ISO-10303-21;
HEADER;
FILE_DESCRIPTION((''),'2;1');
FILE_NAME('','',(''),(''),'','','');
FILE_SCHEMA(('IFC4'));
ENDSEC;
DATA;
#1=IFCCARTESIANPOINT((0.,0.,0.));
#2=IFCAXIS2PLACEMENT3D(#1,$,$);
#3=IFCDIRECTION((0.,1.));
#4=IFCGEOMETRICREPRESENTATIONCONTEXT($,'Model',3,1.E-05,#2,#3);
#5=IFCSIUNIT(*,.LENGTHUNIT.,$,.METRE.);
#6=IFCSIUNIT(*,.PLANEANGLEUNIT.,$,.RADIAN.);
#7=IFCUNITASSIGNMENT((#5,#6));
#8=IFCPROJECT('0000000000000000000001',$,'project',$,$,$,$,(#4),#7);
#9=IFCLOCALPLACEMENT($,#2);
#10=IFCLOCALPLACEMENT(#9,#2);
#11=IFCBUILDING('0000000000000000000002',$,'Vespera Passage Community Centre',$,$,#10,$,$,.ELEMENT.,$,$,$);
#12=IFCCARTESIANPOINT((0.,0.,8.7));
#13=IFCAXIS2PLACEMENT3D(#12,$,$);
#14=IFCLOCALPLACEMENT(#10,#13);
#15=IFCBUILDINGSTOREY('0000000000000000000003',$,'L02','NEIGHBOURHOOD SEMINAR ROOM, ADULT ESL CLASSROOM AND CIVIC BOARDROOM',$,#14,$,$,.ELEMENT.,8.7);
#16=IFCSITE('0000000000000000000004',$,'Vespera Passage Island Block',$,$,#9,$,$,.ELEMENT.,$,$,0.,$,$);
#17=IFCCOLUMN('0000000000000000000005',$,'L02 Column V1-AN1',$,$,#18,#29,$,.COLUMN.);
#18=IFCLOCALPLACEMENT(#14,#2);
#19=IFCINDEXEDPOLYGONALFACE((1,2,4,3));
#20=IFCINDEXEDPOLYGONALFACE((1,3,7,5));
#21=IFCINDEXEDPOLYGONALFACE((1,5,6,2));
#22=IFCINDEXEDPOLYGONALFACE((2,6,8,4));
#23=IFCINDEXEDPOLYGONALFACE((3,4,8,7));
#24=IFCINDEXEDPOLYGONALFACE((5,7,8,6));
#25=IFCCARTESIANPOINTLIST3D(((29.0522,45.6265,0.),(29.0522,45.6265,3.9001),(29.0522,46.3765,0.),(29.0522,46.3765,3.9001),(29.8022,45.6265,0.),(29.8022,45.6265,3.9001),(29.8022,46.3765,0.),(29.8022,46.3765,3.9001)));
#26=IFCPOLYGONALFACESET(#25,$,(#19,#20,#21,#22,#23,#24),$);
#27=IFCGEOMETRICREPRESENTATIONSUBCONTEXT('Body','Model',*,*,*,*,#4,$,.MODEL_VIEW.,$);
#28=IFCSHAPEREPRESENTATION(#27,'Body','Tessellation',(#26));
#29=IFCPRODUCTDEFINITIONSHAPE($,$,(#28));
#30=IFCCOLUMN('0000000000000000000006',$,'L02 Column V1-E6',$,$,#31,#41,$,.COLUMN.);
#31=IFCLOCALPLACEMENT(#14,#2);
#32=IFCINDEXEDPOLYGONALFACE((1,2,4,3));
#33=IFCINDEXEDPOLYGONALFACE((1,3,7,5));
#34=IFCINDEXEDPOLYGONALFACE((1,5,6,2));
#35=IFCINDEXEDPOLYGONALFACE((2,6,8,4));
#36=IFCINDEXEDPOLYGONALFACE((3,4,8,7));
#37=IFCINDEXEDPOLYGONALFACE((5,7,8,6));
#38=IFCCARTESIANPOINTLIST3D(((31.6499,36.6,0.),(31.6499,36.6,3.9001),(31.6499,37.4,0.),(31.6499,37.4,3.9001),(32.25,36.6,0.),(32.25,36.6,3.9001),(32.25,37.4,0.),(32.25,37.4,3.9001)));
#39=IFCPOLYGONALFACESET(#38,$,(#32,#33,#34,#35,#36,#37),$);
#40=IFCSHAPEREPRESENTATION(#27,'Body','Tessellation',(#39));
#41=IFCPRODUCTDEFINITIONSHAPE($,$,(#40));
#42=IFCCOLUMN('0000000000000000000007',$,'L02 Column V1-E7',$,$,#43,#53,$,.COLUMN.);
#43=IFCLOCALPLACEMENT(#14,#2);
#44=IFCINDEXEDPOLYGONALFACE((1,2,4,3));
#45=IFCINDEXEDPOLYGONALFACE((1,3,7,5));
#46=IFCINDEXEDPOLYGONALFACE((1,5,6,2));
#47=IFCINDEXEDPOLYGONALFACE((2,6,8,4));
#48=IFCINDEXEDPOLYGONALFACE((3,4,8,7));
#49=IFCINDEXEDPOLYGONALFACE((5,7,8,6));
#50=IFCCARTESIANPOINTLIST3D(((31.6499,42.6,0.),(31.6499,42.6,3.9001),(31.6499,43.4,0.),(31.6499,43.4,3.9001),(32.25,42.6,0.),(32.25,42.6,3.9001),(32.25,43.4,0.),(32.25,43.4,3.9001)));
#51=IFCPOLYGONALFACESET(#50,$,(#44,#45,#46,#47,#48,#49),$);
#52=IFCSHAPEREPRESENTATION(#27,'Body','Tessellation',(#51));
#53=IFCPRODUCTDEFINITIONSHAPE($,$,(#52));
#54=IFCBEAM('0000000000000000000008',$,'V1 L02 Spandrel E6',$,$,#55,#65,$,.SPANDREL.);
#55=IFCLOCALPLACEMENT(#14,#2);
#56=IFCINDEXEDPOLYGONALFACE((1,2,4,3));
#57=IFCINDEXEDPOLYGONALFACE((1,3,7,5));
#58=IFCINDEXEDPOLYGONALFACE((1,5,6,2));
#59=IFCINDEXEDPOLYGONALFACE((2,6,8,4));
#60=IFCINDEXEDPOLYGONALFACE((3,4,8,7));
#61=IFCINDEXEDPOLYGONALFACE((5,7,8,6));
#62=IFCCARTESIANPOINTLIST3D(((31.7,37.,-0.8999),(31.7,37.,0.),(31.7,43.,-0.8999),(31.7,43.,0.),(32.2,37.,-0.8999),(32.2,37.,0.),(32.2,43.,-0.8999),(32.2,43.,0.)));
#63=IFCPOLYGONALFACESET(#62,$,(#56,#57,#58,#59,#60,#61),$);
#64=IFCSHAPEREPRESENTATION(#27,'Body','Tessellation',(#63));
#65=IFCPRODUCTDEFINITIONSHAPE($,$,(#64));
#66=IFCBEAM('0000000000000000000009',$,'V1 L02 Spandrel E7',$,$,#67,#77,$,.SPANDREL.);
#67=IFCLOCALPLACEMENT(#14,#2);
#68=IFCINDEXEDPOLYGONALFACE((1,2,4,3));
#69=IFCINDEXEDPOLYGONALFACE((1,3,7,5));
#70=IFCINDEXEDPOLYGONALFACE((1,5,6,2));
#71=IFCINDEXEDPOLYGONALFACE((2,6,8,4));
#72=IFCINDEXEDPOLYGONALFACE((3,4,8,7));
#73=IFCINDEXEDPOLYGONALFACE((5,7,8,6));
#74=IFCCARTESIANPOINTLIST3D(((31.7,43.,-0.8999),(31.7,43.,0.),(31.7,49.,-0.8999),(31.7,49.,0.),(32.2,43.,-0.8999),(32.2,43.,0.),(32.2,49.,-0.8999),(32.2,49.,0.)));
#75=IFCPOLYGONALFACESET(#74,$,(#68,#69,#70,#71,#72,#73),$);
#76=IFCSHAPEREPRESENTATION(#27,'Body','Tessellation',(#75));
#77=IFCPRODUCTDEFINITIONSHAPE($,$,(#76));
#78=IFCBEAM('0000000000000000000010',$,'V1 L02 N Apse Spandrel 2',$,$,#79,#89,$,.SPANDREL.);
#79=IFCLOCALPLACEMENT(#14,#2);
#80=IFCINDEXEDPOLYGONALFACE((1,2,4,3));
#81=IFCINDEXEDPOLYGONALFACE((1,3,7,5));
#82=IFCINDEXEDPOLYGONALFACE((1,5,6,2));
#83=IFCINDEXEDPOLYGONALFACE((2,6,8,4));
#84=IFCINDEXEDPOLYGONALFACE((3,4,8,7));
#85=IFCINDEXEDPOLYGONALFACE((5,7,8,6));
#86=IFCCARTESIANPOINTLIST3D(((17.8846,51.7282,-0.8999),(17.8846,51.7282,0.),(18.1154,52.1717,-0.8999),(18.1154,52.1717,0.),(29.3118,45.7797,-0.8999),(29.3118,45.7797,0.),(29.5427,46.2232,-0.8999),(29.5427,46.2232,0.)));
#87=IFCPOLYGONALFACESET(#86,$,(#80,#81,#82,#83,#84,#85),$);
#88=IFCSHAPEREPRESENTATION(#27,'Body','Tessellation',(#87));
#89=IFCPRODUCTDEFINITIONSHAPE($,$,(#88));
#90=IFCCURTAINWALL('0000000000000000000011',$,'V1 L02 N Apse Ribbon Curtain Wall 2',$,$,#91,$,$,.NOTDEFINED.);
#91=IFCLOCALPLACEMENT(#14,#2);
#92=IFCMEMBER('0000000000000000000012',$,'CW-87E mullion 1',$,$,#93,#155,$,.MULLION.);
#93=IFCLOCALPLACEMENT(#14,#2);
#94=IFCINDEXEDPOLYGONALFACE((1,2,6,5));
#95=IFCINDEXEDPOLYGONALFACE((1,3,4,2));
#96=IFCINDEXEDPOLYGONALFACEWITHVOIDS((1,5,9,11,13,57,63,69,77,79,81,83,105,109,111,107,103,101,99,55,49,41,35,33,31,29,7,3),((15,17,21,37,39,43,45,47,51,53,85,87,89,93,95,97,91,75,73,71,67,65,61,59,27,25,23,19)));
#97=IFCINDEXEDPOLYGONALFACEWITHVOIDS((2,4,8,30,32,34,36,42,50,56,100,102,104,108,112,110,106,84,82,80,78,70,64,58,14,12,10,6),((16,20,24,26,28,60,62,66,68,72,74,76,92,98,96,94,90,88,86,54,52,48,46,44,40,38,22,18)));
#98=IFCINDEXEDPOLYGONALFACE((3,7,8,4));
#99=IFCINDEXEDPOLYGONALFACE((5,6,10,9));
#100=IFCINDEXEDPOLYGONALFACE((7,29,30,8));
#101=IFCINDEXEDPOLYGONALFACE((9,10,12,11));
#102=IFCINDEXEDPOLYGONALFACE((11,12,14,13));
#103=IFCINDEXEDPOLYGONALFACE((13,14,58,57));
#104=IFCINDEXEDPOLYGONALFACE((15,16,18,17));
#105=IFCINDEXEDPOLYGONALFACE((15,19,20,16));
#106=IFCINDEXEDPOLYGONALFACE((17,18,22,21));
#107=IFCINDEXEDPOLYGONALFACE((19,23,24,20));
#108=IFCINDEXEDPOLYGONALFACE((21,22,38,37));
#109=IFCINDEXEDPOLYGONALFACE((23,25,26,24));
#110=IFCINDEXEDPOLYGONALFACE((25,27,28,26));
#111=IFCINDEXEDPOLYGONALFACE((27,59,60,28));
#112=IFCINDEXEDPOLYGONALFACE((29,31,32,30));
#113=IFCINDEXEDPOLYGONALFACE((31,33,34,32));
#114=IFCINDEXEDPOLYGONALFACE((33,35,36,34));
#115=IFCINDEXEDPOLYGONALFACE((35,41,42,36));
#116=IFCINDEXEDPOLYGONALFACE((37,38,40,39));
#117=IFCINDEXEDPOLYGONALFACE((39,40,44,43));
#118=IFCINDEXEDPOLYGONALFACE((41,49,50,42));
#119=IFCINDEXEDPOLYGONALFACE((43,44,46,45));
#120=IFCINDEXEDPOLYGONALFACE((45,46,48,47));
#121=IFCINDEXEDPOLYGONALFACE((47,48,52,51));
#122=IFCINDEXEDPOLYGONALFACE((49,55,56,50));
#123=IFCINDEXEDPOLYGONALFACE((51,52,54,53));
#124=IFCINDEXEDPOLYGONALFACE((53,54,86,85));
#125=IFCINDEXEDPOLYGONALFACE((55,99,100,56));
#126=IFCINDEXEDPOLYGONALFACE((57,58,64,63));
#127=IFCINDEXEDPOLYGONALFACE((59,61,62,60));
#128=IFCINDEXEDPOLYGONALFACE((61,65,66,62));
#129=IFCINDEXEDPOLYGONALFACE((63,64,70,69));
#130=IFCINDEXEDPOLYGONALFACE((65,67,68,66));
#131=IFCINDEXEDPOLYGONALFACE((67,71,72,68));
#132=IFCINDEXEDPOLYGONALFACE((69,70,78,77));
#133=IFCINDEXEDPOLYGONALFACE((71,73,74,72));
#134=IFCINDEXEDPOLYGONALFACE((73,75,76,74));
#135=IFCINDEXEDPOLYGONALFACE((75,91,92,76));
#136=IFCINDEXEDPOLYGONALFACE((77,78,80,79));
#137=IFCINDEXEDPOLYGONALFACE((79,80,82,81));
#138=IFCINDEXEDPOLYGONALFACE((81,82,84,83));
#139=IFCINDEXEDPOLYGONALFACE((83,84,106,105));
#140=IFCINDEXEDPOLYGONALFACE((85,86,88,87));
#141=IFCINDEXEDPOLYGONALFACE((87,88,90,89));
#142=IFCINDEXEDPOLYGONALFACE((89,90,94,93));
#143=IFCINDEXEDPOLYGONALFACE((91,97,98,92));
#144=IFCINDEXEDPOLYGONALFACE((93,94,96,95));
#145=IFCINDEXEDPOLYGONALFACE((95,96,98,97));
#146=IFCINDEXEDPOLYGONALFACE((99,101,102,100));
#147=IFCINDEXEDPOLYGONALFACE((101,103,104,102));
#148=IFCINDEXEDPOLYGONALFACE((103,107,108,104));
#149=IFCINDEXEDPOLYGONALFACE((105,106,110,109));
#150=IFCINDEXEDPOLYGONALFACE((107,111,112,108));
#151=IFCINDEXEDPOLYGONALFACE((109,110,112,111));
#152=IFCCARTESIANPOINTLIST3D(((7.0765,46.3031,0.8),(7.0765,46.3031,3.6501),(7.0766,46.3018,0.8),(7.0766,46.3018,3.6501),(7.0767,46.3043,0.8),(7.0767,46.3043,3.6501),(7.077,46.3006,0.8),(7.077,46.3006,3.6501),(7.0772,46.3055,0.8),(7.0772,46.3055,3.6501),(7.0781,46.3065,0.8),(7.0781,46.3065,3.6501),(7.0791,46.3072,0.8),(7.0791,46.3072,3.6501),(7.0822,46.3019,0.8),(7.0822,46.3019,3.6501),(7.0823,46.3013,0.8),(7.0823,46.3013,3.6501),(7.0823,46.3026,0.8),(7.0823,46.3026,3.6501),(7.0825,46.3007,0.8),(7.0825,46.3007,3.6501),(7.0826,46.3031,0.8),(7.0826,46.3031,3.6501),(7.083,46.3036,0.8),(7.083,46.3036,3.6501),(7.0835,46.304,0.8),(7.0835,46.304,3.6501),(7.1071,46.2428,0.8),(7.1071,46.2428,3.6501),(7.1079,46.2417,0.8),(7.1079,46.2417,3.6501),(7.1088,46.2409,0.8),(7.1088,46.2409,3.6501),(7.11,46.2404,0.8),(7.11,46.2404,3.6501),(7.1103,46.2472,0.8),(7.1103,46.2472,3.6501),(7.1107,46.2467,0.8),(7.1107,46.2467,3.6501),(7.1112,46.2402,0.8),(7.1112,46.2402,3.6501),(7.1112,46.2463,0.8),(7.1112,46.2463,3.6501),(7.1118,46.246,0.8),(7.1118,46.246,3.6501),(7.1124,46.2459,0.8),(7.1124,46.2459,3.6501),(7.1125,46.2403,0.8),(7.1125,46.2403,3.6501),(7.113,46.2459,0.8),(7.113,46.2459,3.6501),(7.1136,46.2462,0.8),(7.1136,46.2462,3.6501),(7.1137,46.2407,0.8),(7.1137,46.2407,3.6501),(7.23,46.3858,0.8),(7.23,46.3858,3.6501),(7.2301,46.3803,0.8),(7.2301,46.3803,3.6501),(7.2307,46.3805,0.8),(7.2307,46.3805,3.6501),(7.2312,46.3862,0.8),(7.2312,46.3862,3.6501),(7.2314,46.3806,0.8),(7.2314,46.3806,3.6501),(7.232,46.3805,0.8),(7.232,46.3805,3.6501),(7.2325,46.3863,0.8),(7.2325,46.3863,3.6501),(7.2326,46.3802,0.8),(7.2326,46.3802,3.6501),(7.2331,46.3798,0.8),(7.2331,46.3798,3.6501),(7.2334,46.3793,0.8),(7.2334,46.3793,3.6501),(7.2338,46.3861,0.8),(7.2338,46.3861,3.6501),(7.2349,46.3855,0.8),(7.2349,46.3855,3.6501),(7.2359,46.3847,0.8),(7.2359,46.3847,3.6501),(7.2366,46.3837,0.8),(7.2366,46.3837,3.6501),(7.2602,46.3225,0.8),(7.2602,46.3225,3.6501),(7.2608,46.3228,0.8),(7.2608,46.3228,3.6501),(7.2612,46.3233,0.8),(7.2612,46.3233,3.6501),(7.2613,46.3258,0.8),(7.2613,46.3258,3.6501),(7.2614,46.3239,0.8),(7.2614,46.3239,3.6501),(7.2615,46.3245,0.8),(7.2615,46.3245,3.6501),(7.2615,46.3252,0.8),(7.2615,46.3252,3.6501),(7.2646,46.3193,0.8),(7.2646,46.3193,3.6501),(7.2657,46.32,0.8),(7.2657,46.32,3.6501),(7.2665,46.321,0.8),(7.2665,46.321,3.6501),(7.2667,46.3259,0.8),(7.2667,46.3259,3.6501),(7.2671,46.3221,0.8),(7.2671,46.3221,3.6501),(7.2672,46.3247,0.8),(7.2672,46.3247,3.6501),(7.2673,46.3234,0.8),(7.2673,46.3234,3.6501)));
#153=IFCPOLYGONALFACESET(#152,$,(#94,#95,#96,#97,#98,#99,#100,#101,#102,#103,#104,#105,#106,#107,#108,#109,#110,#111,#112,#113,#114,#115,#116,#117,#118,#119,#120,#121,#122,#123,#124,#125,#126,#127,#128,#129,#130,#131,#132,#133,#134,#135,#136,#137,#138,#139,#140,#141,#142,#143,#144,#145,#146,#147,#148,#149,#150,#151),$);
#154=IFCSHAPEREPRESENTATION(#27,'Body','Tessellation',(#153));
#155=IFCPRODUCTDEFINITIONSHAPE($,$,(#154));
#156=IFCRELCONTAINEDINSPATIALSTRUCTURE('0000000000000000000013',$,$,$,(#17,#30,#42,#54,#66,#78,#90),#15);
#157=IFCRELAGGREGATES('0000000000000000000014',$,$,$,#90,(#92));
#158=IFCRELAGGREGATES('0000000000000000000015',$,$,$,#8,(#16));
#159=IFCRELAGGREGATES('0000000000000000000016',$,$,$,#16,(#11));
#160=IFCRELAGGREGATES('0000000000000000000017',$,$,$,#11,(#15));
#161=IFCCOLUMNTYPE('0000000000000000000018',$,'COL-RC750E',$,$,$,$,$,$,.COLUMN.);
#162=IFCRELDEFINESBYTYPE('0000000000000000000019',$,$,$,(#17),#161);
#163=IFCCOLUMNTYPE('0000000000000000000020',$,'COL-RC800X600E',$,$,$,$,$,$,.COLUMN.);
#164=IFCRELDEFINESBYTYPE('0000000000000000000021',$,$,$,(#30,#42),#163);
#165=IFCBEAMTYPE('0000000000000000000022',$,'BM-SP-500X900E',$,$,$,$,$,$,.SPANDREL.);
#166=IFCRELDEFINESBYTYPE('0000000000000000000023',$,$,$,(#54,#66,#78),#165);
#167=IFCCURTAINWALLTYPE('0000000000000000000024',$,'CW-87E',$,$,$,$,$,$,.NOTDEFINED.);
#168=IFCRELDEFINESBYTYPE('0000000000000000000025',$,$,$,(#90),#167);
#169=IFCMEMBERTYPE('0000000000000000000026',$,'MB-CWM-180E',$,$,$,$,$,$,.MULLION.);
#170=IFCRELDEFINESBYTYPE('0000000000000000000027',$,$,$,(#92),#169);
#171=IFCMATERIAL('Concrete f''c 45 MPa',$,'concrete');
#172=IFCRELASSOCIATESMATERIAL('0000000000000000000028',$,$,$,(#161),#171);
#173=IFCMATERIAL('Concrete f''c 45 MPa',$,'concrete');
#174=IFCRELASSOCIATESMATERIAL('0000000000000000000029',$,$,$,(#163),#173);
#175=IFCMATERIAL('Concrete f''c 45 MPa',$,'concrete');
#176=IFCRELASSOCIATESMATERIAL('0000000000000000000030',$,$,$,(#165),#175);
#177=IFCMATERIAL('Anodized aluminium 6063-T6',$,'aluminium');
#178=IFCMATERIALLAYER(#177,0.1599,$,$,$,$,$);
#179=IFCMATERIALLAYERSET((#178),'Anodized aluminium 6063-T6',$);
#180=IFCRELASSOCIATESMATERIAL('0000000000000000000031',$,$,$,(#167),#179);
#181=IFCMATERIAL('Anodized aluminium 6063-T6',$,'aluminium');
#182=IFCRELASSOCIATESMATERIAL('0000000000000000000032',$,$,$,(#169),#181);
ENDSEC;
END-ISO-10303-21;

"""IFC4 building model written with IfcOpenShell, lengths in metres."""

from ifc_helpers import new_model, si_unit, direction, frame, origin, origin_2d, place, context, subcontext, project, spatial, rectangle, hollow_rectangle, extrude, material, layer, layer_set, material_profile, profile_set, type_object, element, aggregate, save


model = new_model("IFC4")

# Units and contexts
model_context = context("Model", 3, precision=1e-05, world=origin(), true_north=direction((0.0, 1.0)))
body_context = subcontext(model_context, "Body", "Model", "MODEL_VIEW")
ifc_project = project(units=[si_unit("LENGTHUNIT", "METRE"), si_unit("PLANEANGLEUNIT", "RADIAN")], contexts=[model_context])

# Site, building, storey
site_placement = place(None, origin())
site = spatial("IfcSite", under=ifc_project, at=site_placement, Name="Vespera Passage Island Block", CompositionType="ELEMENT", RefElevation=0.0)
building_placement = place(site_placement, origin())
building = spatial("IfcBuilding", under=site, at=building_placement, Name="Vespera Passage Community Centre", CompositionType="ELEMENT")
storey_placement = place(building_placement, frame((0.0, 0.0, 8.7)))
storey = spatial("IfcBuildingStorey", under=building, at=storey_placement, Name="L02", Description="NEIGHBOURHOOD SEMINAR ROOM, ADULT ESL CLASSROOM AND CIVIC BOARDROOM", CompositionType="ELEMENT", Elevation=8.7)

# Columns
ifc_material_1 = material(Name="Concrete f'c 45 MPa", Category="concrete")
ifc_material_profile_1 = material_profile(ifc_material_1, rectangle(XDim=0.75, YDim=0.75, at=origin_2d()), Name="RC750X750")
ifc_profile_set_1 = profile_set([ifc_material_profile_1], Name="Concrete f'c 45 MPa")
column_type_1 = type_object("IfcColumnType", Name="COL-RC750E", PredefinedType="COLUMN", material=ifc_profile_set_1)
column_placement = place(storey_placement, frame((29.4272, 46.0015, 0.0), z_axis=(0.0, 0.0, 1.0), x_axis=(1.0, 0.0, 0.0)))
element("IfcColumn", 1, at=column_placement, inside=storey, type_object=column_type_1, Name="L02 Column V1-AN1", PredefinedType="COLUMN", context=body_context, shape_type="SweptSolid", body=[
    extrude(rectangle(XDim=0.75, YDim=0.75, at=origin_2d()), origin(), (0.0, 0.0, 1.0), 3.9001),
])
ifc_material_2 = material(Name="Concrete f'c 45 MPa", Category="concrete")
ifc_material_profile_2 = material_profile(ifc_material_2, rectangle(XDim=0.6001, YDim=0.8, at=origin_2d()), Name="RC800X600")
ifc_profile_set_2 = profile_set([ifc_material_profile_2], Name="Concrete f'c 45 MPa")
column_type_2 = type_object("IfcColumnType", Name="COL-RC800X600E", PredefinedType="COLUMN", material=ifc_profile_set_2)
for number, where, z_axis, x_axis, name in (
    (2, (31.95, 37.0, 0.0), (0.0, 0.0, 1.0), (1.0, 0.0, 0.0), "L02 Column V1-E6"),
    (3, (31.95, 43.0, 0.0), (0.0, 0.0, 1.0), (1.0, 0.0, 0.0), "L02 Column V1-E7"),
):
    element("IfcColumn", number, at=place(storey_placement, frame(where, z_axis=z_axis, x_axis=x_axis)), inside=storey, type_object=column_type_2, Name=name, PredefinedType="COLUMN", context=body_context, shape_type="SweptSolid", body=[
        extrude(rectangle(XDim=0.6001, YDim=0.8, at=origin_2d()), origin(), (0.0, 0.0, 1.0), 3.9001),
    ])

# Beams
ifc_material_3 = material(Name="Concrete f'c 45 MPa", Category="concrete")
ifc_material_profile_3 = material_profile(ifc_material_3, rectangle(XDim=0.5, YDim=0.8999, at=origin_2d()), Name="RC500X900")
ifc_profile_set_3 = profile_set([ifc_material_profile_3], Name="Concrete f'c 45 MPa")
beam_type = type_object("IfcBeamType", Name="BM-SP-500X900E", PredefinedType="SPANDREL", material=ifc_profile_set_3)
for number, where, z_axis, x_axis, name in (
    (4, (31.95, 37.0, -0.45), (0.0, 1.0, 0.0), (-1.0, 0.0, 0.0), "V1 L02 Spandrel E6"),
    (5, (31.95, 43.0, -0.45), (0.0, 1.0, 0.0), (-1.0, 0.0, 0.0), "V1 L02 Spandrel E7"),
):
    element("IfcBeam", number, at=place(storey_placement, frame(where, z_axis=z_axis, x_axis=x_axis)), inside=storey, type_object=beam_type, Name=name, PredefinedType="SPANDREL", context=body_context, shape_type="SweptSolid", body=[
        extrude(rectangle(XDim=0.5, YDim=0.8999, at=origin_2d()), origin(), (0.0, 0.0, 1.0), 6.0),
    ])
beam_placement = place(storey_placement, frame((29.4272, 46.0015, -0.45), z_axis=(-0.887016, 0.461739, 0.0), x_axis=(-0.461739, -0.887016, 0.0)))
element("IfcBeam", 6, at=beam_placement, inside=storey, type_object=beam_type, Name="V1 L02 N Apse Spandrel 2", PredefinedType="SPANDREL", context=body_context, shape_type="SweptSolid", body=[
    extrude(rectangle(XDim=0.5, YDim=0.8999, at=origin_2d()), origin(), (0.0, 0.0, 1.0), 12.8828),
])

# Curtain wall, member
ifc_material_4 = material(Name="Anodized aluminium 6063-T6", Category="aluminium")
ifc_layer_1 = layer(ifc_material_4, 0.1599)
ifc_layer_set_1 = layer_set([ifc_layer_1], Name="Anodized aluminium 6063-T6")
curtain_wall_type_1 = type_object("IfcCurtainWallType", Name="CW-87E", PredefinedType="NOTDEFINED", material=ifc_layer_set_1)
curtain_wall_1_placement = place(storey_placement, origin())
curtain_wall_1 = element("IfcCurtainWall", 7, at=curtain_wall_1_placement, inside=storey, type_object=curtain_wall_type_1, Name="V1 L02 N Apse Ribbon Curtain Wall 2", PredefinedType="NOTDEFINED")
ifc_material_5 = material(Name="Anodized aluminium 6063-T6", Category="aluminium")
ifc_material_profile_4 = material_profile(ifc_material_5, hollow_rectangle(XDim=0.075, YDim=0.1799, WallThickness=0.0049, InnerFilletRadius=0.0024, OuterFilletRadius=0.0049, at=origin_2d()), Name="ALU180X75X5")
ifc_profile_set_4 = profile_set([ifc_material_profile_4], Name="Anodized aluminium 6063-T6")
member_type_1 = type_object("IfcMemberType", Name="MB-CWM-180E", PredefinedType="MULLION", material=ifc_profile_set_4)
member_1_placement = place(storey_placement, frame((7.1719, 46.3132, 0.8), z_axis=(0.0, 0.0, 1.0), x_axis=(-0.461745, 0.887013, 0.0)))
member_1 = element("IfcMember", 8, at=member_1_placement, type_object=member_type_1, Name="CW-87E mullion 1", PredefinedType="MULLION", context=body_context, shape_type="SweptSolid", body=[
    extrude(hollow_rectangle(XDim=0.075, YDim=0.1799, WallThickness=0.0049, InnerFilletRadius=0.0024, OuterFilletRadius=0.0049, at=origin_2d()), origin(), (0.0, 0.0, 1.0), 2.8501),
])
aggregate(curtain_wall_1, [member_1])

save(model, "model.ifc")
